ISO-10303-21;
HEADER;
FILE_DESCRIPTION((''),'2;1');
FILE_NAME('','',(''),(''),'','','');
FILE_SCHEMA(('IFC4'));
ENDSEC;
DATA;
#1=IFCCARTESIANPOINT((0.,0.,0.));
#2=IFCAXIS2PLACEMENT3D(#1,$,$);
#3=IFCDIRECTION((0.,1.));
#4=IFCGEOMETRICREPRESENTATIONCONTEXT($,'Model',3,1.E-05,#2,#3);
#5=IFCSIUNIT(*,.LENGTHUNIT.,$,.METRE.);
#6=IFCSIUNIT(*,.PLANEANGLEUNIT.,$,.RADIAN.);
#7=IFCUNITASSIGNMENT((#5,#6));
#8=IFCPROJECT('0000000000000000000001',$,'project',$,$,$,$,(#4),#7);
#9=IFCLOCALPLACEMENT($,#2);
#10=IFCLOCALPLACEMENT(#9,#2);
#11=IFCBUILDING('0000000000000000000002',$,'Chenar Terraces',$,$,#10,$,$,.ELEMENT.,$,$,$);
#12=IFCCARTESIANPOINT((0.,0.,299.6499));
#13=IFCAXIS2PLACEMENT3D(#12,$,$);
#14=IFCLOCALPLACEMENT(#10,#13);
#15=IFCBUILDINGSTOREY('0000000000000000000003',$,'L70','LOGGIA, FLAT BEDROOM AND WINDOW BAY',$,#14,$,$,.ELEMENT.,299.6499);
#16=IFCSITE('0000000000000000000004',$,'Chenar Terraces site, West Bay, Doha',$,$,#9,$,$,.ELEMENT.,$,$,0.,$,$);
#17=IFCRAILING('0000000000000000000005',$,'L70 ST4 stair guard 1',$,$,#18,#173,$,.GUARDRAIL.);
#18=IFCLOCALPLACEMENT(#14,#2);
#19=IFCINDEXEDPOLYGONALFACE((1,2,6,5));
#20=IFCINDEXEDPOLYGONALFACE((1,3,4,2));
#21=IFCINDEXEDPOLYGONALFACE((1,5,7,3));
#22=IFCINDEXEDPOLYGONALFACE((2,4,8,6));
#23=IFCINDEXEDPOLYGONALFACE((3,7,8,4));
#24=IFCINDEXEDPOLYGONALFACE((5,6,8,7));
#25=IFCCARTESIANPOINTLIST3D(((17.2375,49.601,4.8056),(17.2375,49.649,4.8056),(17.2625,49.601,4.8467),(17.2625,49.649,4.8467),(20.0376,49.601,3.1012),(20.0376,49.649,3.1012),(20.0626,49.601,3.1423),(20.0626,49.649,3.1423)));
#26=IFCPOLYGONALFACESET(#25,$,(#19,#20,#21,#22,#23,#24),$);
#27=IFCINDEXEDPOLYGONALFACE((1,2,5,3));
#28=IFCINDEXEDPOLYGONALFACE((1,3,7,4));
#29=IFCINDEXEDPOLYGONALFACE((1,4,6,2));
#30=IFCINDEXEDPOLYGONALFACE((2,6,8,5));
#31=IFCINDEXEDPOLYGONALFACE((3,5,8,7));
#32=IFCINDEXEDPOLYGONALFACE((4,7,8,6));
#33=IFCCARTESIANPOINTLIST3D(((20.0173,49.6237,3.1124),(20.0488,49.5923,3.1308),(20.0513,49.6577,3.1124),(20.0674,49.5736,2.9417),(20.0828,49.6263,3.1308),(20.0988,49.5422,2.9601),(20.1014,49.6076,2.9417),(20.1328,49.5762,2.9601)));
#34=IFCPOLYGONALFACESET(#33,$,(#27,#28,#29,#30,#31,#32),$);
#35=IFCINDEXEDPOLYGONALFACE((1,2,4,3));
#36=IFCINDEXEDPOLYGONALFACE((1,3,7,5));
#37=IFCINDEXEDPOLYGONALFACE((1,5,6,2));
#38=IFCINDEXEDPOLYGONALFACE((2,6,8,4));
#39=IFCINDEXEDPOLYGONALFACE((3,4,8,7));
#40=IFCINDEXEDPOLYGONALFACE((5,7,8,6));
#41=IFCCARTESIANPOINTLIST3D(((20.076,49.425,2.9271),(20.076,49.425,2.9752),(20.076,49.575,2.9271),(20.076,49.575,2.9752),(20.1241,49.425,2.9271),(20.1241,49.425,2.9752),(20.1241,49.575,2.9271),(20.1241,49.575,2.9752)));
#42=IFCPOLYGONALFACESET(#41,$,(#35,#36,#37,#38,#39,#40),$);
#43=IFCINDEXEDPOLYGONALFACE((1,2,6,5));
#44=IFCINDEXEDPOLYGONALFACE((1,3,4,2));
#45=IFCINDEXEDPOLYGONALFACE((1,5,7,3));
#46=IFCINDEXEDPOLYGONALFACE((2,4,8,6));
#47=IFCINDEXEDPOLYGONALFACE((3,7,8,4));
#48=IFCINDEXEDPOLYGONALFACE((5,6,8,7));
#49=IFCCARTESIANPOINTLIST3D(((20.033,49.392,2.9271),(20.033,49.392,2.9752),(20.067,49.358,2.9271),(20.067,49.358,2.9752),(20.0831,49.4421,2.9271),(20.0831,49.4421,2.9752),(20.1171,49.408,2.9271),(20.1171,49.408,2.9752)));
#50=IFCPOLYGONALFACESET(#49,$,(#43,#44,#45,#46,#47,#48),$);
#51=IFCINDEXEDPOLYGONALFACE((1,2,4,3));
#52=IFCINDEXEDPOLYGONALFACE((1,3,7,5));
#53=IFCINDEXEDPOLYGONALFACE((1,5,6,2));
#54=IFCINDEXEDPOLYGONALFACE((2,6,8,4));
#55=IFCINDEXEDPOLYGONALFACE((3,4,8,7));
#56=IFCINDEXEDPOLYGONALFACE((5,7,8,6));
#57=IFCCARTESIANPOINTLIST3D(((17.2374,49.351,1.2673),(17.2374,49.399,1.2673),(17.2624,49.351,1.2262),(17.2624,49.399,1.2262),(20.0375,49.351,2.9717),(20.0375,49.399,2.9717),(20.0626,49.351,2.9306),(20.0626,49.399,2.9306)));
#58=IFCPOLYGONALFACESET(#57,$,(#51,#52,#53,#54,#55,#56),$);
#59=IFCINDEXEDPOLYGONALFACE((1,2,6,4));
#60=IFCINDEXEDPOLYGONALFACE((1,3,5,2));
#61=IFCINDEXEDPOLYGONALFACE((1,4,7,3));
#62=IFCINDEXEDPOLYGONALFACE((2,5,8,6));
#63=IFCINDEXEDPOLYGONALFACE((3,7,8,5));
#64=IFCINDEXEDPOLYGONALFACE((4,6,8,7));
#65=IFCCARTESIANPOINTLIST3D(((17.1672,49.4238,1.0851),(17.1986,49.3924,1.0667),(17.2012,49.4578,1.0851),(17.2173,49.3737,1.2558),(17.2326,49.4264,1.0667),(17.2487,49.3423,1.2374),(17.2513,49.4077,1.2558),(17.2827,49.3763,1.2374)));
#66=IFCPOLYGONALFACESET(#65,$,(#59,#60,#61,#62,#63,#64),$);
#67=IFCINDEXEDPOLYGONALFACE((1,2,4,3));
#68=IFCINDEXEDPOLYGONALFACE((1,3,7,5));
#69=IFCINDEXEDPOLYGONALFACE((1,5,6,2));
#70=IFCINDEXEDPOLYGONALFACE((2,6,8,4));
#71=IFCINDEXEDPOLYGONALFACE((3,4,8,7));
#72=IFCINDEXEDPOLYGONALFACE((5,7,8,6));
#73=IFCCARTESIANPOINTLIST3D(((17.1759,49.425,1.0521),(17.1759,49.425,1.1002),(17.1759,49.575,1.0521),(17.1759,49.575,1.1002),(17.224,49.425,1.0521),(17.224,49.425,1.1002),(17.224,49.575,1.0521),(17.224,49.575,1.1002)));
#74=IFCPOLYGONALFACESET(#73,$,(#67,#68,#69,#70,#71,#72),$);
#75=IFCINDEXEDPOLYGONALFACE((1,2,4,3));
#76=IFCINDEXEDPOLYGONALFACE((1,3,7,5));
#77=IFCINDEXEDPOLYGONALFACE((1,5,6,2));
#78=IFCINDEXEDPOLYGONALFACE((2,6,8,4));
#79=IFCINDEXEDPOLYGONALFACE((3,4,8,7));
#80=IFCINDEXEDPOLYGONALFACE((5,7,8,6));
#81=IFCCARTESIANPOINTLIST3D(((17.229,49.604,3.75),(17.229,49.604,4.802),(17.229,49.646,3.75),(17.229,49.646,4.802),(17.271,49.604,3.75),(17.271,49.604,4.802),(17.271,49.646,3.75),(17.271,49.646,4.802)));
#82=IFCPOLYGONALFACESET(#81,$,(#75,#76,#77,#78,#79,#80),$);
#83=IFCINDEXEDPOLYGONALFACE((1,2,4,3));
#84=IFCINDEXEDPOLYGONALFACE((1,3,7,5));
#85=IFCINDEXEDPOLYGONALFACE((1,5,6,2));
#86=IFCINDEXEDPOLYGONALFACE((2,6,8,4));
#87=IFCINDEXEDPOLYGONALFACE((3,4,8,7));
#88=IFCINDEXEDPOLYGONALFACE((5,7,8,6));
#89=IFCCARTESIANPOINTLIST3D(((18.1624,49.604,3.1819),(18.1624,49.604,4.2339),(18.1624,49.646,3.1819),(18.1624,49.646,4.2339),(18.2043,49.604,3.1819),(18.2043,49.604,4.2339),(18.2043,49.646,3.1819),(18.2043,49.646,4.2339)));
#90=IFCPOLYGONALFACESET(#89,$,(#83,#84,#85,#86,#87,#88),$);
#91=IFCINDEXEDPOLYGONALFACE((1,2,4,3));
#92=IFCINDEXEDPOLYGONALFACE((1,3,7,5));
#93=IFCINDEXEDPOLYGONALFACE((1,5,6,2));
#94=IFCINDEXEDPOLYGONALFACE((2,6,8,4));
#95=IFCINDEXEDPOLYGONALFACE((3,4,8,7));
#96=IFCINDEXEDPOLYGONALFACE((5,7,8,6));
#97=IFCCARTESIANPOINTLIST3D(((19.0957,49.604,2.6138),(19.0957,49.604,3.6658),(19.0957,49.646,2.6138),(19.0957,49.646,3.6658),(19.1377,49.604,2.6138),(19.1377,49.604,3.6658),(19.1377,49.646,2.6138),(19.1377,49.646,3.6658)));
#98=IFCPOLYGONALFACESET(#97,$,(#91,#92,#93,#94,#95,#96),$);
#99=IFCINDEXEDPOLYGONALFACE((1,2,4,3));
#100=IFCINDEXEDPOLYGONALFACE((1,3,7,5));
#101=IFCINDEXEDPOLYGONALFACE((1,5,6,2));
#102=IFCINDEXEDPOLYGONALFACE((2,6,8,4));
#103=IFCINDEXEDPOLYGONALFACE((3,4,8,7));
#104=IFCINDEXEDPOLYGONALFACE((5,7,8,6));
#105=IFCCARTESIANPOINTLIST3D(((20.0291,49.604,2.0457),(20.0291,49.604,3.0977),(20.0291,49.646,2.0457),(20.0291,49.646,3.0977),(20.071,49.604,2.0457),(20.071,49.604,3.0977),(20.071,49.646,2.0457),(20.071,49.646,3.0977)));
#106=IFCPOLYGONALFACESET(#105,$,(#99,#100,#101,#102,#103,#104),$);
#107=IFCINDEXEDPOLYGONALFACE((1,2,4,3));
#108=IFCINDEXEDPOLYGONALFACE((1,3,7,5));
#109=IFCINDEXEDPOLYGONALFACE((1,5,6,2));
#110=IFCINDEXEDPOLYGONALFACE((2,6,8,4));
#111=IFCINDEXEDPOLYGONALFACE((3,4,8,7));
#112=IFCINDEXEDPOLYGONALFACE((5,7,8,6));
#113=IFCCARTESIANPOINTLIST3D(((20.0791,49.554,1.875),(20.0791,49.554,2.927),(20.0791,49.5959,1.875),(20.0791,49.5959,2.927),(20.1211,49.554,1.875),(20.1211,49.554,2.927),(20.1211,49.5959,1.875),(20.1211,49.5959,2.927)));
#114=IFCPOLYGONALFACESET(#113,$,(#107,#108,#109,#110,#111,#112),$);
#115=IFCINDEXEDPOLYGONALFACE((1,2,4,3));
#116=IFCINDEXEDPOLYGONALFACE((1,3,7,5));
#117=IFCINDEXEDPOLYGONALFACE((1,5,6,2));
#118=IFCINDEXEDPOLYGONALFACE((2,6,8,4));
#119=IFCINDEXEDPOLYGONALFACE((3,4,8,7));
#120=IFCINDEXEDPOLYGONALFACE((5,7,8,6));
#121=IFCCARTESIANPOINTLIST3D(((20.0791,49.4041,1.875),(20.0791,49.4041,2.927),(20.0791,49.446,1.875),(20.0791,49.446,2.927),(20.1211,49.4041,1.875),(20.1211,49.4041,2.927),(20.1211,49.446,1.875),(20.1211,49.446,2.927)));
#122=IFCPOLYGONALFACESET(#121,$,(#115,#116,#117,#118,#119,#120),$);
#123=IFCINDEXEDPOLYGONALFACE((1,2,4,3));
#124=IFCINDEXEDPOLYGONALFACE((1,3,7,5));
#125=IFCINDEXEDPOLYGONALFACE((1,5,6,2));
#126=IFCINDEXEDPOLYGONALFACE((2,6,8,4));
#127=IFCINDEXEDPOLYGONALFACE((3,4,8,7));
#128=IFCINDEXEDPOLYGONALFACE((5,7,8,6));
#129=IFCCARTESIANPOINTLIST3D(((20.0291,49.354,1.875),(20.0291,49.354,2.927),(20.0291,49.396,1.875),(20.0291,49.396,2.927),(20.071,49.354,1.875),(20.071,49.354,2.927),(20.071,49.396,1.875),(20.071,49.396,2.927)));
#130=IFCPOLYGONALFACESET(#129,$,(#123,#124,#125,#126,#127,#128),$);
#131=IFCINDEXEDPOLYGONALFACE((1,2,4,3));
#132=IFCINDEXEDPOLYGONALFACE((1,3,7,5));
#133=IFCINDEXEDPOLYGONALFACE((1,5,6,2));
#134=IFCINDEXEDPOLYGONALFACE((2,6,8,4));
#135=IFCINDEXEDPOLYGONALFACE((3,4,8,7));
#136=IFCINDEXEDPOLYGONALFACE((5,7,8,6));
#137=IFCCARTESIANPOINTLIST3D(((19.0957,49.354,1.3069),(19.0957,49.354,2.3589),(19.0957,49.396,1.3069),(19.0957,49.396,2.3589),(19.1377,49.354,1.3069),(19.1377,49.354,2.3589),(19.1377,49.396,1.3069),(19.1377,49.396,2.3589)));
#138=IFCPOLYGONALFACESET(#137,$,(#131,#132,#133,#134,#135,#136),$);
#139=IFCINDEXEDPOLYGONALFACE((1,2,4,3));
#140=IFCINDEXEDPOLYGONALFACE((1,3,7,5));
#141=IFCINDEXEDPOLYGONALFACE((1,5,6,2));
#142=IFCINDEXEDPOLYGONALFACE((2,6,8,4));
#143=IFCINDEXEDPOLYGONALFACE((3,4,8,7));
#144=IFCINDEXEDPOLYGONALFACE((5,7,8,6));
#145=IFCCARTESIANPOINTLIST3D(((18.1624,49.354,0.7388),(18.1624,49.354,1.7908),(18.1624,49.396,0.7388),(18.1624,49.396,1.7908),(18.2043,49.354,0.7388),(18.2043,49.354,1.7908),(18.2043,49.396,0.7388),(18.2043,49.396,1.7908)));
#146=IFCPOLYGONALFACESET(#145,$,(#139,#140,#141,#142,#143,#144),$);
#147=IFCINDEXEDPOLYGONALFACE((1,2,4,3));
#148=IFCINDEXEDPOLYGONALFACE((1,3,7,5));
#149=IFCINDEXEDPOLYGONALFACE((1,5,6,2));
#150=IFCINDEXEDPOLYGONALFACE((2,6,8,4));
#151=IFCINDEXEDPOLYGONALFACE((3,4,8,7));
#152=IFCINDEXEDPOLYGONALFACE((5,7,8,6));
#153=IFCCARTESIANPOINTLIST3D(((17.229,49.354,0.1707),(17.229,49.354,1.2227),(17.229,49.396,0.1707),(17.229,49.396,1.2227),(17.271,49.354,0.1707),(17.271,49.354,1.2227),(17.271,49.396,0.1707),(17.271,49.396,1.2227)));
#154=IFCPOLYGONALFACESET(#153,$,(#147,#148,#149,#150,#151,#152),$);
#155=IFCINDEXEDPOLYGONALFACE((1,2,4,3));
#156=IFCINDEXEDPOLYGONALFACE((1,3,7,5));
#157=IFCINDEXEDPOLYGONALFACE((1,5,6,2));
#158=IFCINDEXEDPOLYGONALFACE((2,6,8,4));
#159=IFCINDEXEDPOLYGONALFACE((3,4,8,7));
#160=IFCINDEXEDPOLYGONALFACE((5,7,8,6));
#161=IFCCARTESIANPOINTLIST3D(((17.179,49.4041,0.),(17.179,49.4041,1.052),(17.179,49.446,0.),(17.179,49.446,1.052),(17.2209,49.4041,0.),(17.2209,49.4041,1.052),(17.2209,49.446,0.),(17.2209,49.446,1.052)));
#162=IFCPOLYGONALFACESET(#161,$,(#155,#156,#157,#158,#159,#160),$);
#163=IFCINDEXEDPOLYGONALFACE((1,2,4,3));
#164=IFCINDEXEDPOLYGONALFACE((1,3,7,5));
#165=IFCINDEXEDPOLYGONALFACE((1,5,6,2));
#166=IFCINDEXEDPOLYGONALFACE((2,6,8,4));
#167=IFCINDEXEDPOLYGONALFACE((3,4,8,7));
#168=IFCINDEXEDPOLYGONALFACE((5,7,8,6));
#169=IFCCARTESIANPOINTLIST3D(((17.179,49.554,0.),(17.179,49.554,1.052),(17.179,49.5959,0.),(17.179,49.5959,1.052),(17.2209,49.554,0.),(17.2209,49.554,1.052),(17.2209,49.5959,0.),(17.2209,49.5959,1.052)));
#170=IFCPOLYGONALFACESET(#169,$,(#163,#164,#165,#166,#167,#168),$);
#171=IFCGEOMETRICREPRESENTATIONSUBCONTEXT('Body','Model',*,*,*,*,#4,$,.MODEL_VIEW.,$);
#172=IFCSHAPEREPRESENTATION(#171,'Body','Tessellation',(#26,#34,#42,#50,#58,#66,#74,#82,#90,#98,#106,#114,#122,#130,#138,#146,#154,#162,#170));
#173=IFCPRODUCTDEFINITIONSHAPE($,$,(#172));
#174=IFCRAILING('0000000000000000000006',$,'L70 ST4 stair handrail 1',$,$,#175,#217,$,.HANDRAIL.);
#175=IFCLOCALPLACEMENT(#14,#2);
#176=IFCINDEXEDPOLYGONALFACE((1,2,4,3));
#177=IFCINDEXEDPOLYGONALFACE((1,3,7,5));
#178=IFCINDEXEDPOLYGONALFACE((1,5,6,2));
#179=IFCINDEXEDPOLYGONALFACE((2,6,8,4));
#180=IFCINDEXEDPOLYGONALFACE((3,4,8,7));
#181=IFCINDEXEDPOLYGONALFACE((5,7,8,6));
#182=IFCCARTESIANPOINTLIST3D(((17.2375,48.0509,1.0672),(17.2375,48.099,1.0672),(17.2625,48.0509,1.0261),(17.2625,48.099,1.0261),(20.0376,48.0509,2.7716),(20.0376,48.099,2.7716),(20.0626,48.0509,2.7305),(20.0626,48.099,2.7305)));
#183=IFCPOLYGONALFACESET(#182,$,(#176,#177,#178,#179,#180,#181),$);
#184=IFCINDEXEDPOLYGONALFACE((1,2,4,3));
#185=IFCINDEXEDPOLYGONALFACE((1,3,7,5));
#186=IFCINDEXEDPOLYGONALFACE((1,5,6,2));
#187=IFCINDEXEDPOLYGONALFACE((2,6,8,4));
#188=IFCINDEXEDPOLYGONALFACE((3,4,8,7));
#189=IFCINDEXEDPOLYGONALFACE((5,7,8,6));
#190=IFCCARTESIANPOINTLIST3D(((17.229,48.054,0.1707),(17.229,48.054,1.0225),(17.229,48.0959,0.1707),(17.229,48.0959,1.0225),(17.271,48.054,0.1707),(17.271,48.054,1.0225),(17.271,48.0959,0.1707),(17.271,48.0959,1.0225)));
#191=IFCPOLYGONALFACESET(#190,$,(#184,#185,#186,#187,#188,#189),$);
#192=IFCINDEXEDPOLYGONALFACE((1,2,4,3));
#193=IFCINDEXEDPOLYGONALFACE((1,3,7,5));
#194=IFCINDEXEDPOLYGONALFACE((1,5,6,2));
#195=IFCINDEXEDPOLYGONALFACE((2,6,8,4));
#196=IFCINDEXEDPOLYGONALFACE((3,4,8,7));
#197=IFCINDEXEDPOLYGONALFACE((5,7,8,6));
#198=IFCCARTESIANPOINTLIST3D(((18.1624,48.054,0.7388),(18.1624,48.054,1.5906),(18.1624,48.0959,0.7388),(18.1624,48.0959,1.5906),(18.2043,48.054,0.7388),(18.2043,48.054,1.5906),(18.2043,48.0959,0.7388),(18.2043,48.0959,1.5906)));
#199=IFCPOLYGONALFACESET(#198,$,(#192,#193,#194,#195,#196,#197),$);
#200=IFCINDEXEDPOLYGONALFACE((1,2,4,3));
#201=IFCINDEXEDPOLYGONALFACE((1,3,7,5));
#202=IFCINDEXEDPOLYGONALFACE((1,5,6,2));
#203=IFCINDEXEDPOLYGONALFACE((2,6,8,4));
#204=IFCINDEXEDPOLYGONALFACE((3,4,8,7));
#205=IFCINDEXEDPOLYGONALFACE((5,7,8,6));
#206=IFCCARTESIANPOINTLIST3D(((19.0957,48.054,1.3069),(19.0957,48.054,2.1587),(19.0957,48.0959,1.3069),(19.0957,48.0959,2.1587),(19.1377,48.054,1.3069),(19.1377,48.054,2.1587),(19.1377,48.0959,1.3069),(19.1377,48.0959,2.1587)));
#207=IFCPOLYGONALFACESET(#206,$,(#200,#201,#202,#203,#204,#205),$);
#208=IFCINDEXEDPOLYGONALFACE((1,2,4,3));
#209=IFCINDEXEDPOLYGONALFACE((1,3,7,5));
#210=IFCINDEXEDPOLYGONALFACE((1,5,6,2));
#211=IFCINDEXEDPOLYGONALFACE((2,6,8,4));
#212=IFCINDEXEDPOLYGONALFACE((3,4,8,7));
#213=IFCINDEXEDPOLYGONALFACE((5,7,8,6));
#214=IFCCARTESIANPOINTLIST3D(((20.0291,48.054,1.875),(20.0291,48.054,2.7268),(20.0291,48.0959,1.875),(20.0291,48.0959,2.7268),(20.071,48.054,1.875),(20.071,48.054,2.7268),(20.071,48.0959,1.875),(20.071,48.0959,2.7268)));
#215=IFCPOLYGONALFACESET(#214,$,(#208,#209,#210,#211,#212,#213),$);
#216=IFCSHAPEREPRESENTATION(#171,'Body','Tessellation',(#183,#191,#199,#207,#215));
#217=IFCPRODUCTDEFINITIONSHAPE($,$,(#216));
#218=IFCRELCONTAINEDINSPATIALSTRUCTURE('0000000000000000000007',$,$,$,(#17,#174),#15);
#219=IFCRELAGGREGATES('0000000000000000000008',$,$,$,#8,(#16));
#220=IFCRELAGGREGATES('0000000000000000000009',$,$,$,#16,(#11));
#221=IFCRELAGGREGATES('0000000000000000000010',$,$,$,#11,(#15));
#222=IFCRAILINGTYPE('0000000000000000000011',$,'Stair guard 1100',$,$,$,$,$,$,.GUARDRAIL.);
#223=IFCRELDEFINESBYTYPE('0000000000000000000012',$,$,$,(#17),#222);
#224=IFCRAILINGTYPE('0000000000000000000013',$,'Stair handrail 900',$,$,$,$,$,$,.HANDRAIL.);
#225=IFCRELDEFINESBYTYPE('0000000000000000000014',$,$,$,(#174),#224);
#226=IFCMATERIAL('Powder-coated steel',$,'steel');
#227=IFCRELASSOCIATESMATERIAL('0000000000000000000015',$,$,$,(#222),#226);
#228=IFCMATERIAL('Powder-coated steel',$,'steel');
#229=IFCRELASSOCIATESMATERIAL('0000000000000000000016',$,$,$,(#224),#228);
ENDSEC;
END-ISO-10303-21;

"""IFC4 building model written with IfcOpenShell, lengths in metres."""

from ifc_helpers import new_model, si_unit, direction, frame, origin, origin_2d, place, context, subcontext, project, spatial, rectangle, extrude, material, type_object, element, save


model = new_model("IFC4")

# Units and contexts
model_context = context("Model", 3, precision=1e-05, world=origin(), true_north=direction((0.0, 1.0)))
body_context = subcontext(model_context, "Body", "Model", "MODEL_VIEW")
ifc_project = project(units=[si_unit("LENGTHUNIT", "METRE"), si_unit("PLANEANGLEUNIT", "RADIAN")], contexts=[model_context])

# Site, building, storey
site_placement = place(None, origin())
site = spatial("IfcSite", under=ifc_project, at=site_placement, Name="Chenar Terraces site, West Bay, Doha", CompositionType="ELEMENT", RefElevation=0.0)
building_placement = place(site_placement, origin())
building = spatial("IfcBuilding", under=site, at=building_placement, Name="Chenar Terraces", CompositionType="ELEMENT")
storey_placement = place(building_placement, frame((0.0, 0.0, 299.6499)))
storey = spatial("IfcBuildingStorey", under=building, at=storey_placement, Name="L70", Description="LOGGIA, FLAT BEDROOM AND WINDOW BAY", CompositionType="ELEMENT", Elevation=299.6499)

# Railings
ifc_material_1 = material(Name="Powder-coated steel", Category="steel")
railing_type_1 = type_object("IfcRailingType", Name="Stair guard 1100", PredefinedType="GUARDRAIL", material=ifc_material_1)
railing_1_placement = place(storey_placement, frame((17.25, 49.625, 3.75)))
element("IfcRailing", 1, at=railing_1_placement, inside=storey, type_object=railing_type_1, Name="L70 ST4 stair guard 1", PredefinedType="GUARDRAIL", context=body_context, shape_type="SweptSolid", body=[
    extrude(rectangle(XDim=0.0481, YDim=0.0481, at=origin_2d()), frame((0.0, 0.0, 1.0762), z_axis=(0.854203, 0.0, -0.51994), x_axis=(0.0, 1.0, 0.0)), (0.0, 0.0, 1.0), 3.2781),
    extrude(rectangle(XDim=0.0481, YDim=0.0481, at=origin_2d()), frame((2.8, 0.0, -0.6284), z_axis=(0.2709, -0.2709, -0.923703), x_axis=(0.707107, 0.707107, 0.0)), (0.0, 0.0, 1.0), 0.1848),
    extrude(rectangle(XDim=0.0481, YDim=0.0481, at=origin_2d()), frame((2.8501, -0.05, -0.7988), z_axis=(0.0, -1.0, 0.0), x_axis=(1.0, 0.0, 0.0)), (0.0, 0.0, 1.0), 0.1499),
    extrude(rectangle(XDim=0.0481, YDim=0.0481, at=origin_2d()), frame((2.8501, -0.2, -0.7988), z_axis=(-0.707107, -0.707107, 0.0), x_axis=(0.707107, -0.707107, 0.0)), (0.0, 0.0, 1.0), 0.0708),
    extrude(rectangle(XDim=0.0481, YDim=0.0481, at=origin_2d()), frame((2.8, -0.25, -0.7988), z_axis=(-0.854203, 0.0, -0.51994), x_axis=(0.0, -1.0, 0.0)), (0.0, 0.0, 1.0), 3.2781),
    extrude(rectangle(XDim=0.0481, YDim=0.0481, at=origin_2d()), frame((0.0, -0.25, -2.5034), z_axis=(-0.2709, 0.2709, -0.923703), x_axis=(-0.707107, -0.707107, 0.0)), (0.0, 0.0, 1.0), 0.1848),
    extrude(rectangle(XDim=0.0481, YDim=0.0481, at=origin_2d()), frame((-0.05, -0.2, -2.6738), z_axis=(0.0, 1.0, 0.0), x_axis=(-1.0, 0.0, 0.0)), (0.0, 0.0, 1.0), 0.1499),
    extrude(rectangle(XDim=0.042, YDim=0.042, at=origin_2d()), origin(), (0.0, 0.0, 1.0), 1.052),
    extrude(rectangle(XDim=0.042, YDim=0.042, at=origin_2d()), frame((0.9333, 0.0, -0.5681)), (0.0, 0.0, 1.0), 1.052),
    extrude(rectangle(XDim=0.042, YDim=0.042, at=origin_2d()), frame((1.8667, 0.0, -1.1362)), (0.0, 0.0, 1.0), 1.052),
    extrude(rectangle(XDim=0.042, YDim=0.042, at=origin_2d()), frame((2.8, 0.0, -1.7043)), (0.0, 0.0, 1.0), 1.052),
    extrude(rectangle(XDim=0.042, YDim=0.042, at=origin_2d()), frame((2.8501, -0.05, -1.875)), (0.0, 0.0, 1.0), 1.052),
    extrude(rectangle(XDim=0.042, YDim=0.042, at=origin_2d()), frame((2.8501, -0.2, -1.875)), (0.0, 0.0, 1.0), 1.052),
    extrude(rectangle(XDim=0.042, YDim=0.042, at=origin_2d()), frame((2.8, -0.25, -1.875)), (0.0, 0.0, 1.0), 1.052),
    extrude(rectangle(XDim=0.042, YDim=0.042, at=origin_2d()), frame((1.8667, -0.25, -2.4431)), (0.0, 0.0, 1.0), 1.052),
    extrude(rectangle(XDim=0.042, YDim=0.042, at=origin_2d()), frame((0.9333, -0.25, -3.0112)), (0.0, 0.0, 1.0), 1.052),
    extrude(rectangle(XDim=0.042, YDim=0.042, at=origin_2d()), frame((0.0, -0.25, -3.5793)), (0.0, 0.0, 1.0), 1.052),
    extrude(rectangle(XDim=0.042, YDim=0.042, at=origin_2d()), frame((-0.05, -0.2, -3.75)), (0.0, 0.0, 1.0), 1.052),
    extrude(rectangle(XDim=0.042, YDim=0.042, at=origin_2d()), frame((-0.05, -0.05, -3.75)), (0.0, 0.0, 1.0), 1.052),
])
ifc_material_2 = material(Name="Powder-coated steel", Category="steel")
railing_type_2 = type_object("IfcRailingType", Name="Stair handrail 900", PredefinedType="HANDRAIL", material=ifc_material_2)
railing_2_placement = place(storey_placement, frame((17.25, 48.075, 0.1707)))
element("IfcRailing", 2, at=railing_2_placement, inside=storey, type_object=railing_type_2, Name="L70 ST4 stair handrail 1", PredefinedType="HANDRAIL", context=body_context, shape_type="SweptSolid", body=[
    extrude(rectangle(XDim=0.0481, YDim=0.0481, at=origin_2d()), frame((0.0, 0.0, 0.876), z_axis=(0.854203, 0.0, 0.51994), x_axis=(0.0, 1.0, 0.0)), (0.0, 0.0, 1.0), 3.2781),
    extrude(rectangle(XDim=0.042, YDim=0.042, at=origin_2d()), origin(), (0.0, 0.0, 1.0), 0.8518),
    extrude(rectangle(XDim=0.042, YDim=0.042, at=origin_2d()), frame((0.9333, 0.0, 0.5681)), (0.0, 0.0, 1.0), 0.8518),
    extrude(rectangle(XDim=0.042, YDim=0.042, at=origin_2d()), frame((1.8667, 0.0, 1.1362)), (0.0, 0.0, 1.0), 0.8518),
    extrude(rectangle(XDim=0.042, YDim=0.042, at=origin_2d()), frame((2.8, 0.0, 1.7043)), (0.0, 0.0, 1.0), 0.8518),
])

save(model, "model.ifc")
